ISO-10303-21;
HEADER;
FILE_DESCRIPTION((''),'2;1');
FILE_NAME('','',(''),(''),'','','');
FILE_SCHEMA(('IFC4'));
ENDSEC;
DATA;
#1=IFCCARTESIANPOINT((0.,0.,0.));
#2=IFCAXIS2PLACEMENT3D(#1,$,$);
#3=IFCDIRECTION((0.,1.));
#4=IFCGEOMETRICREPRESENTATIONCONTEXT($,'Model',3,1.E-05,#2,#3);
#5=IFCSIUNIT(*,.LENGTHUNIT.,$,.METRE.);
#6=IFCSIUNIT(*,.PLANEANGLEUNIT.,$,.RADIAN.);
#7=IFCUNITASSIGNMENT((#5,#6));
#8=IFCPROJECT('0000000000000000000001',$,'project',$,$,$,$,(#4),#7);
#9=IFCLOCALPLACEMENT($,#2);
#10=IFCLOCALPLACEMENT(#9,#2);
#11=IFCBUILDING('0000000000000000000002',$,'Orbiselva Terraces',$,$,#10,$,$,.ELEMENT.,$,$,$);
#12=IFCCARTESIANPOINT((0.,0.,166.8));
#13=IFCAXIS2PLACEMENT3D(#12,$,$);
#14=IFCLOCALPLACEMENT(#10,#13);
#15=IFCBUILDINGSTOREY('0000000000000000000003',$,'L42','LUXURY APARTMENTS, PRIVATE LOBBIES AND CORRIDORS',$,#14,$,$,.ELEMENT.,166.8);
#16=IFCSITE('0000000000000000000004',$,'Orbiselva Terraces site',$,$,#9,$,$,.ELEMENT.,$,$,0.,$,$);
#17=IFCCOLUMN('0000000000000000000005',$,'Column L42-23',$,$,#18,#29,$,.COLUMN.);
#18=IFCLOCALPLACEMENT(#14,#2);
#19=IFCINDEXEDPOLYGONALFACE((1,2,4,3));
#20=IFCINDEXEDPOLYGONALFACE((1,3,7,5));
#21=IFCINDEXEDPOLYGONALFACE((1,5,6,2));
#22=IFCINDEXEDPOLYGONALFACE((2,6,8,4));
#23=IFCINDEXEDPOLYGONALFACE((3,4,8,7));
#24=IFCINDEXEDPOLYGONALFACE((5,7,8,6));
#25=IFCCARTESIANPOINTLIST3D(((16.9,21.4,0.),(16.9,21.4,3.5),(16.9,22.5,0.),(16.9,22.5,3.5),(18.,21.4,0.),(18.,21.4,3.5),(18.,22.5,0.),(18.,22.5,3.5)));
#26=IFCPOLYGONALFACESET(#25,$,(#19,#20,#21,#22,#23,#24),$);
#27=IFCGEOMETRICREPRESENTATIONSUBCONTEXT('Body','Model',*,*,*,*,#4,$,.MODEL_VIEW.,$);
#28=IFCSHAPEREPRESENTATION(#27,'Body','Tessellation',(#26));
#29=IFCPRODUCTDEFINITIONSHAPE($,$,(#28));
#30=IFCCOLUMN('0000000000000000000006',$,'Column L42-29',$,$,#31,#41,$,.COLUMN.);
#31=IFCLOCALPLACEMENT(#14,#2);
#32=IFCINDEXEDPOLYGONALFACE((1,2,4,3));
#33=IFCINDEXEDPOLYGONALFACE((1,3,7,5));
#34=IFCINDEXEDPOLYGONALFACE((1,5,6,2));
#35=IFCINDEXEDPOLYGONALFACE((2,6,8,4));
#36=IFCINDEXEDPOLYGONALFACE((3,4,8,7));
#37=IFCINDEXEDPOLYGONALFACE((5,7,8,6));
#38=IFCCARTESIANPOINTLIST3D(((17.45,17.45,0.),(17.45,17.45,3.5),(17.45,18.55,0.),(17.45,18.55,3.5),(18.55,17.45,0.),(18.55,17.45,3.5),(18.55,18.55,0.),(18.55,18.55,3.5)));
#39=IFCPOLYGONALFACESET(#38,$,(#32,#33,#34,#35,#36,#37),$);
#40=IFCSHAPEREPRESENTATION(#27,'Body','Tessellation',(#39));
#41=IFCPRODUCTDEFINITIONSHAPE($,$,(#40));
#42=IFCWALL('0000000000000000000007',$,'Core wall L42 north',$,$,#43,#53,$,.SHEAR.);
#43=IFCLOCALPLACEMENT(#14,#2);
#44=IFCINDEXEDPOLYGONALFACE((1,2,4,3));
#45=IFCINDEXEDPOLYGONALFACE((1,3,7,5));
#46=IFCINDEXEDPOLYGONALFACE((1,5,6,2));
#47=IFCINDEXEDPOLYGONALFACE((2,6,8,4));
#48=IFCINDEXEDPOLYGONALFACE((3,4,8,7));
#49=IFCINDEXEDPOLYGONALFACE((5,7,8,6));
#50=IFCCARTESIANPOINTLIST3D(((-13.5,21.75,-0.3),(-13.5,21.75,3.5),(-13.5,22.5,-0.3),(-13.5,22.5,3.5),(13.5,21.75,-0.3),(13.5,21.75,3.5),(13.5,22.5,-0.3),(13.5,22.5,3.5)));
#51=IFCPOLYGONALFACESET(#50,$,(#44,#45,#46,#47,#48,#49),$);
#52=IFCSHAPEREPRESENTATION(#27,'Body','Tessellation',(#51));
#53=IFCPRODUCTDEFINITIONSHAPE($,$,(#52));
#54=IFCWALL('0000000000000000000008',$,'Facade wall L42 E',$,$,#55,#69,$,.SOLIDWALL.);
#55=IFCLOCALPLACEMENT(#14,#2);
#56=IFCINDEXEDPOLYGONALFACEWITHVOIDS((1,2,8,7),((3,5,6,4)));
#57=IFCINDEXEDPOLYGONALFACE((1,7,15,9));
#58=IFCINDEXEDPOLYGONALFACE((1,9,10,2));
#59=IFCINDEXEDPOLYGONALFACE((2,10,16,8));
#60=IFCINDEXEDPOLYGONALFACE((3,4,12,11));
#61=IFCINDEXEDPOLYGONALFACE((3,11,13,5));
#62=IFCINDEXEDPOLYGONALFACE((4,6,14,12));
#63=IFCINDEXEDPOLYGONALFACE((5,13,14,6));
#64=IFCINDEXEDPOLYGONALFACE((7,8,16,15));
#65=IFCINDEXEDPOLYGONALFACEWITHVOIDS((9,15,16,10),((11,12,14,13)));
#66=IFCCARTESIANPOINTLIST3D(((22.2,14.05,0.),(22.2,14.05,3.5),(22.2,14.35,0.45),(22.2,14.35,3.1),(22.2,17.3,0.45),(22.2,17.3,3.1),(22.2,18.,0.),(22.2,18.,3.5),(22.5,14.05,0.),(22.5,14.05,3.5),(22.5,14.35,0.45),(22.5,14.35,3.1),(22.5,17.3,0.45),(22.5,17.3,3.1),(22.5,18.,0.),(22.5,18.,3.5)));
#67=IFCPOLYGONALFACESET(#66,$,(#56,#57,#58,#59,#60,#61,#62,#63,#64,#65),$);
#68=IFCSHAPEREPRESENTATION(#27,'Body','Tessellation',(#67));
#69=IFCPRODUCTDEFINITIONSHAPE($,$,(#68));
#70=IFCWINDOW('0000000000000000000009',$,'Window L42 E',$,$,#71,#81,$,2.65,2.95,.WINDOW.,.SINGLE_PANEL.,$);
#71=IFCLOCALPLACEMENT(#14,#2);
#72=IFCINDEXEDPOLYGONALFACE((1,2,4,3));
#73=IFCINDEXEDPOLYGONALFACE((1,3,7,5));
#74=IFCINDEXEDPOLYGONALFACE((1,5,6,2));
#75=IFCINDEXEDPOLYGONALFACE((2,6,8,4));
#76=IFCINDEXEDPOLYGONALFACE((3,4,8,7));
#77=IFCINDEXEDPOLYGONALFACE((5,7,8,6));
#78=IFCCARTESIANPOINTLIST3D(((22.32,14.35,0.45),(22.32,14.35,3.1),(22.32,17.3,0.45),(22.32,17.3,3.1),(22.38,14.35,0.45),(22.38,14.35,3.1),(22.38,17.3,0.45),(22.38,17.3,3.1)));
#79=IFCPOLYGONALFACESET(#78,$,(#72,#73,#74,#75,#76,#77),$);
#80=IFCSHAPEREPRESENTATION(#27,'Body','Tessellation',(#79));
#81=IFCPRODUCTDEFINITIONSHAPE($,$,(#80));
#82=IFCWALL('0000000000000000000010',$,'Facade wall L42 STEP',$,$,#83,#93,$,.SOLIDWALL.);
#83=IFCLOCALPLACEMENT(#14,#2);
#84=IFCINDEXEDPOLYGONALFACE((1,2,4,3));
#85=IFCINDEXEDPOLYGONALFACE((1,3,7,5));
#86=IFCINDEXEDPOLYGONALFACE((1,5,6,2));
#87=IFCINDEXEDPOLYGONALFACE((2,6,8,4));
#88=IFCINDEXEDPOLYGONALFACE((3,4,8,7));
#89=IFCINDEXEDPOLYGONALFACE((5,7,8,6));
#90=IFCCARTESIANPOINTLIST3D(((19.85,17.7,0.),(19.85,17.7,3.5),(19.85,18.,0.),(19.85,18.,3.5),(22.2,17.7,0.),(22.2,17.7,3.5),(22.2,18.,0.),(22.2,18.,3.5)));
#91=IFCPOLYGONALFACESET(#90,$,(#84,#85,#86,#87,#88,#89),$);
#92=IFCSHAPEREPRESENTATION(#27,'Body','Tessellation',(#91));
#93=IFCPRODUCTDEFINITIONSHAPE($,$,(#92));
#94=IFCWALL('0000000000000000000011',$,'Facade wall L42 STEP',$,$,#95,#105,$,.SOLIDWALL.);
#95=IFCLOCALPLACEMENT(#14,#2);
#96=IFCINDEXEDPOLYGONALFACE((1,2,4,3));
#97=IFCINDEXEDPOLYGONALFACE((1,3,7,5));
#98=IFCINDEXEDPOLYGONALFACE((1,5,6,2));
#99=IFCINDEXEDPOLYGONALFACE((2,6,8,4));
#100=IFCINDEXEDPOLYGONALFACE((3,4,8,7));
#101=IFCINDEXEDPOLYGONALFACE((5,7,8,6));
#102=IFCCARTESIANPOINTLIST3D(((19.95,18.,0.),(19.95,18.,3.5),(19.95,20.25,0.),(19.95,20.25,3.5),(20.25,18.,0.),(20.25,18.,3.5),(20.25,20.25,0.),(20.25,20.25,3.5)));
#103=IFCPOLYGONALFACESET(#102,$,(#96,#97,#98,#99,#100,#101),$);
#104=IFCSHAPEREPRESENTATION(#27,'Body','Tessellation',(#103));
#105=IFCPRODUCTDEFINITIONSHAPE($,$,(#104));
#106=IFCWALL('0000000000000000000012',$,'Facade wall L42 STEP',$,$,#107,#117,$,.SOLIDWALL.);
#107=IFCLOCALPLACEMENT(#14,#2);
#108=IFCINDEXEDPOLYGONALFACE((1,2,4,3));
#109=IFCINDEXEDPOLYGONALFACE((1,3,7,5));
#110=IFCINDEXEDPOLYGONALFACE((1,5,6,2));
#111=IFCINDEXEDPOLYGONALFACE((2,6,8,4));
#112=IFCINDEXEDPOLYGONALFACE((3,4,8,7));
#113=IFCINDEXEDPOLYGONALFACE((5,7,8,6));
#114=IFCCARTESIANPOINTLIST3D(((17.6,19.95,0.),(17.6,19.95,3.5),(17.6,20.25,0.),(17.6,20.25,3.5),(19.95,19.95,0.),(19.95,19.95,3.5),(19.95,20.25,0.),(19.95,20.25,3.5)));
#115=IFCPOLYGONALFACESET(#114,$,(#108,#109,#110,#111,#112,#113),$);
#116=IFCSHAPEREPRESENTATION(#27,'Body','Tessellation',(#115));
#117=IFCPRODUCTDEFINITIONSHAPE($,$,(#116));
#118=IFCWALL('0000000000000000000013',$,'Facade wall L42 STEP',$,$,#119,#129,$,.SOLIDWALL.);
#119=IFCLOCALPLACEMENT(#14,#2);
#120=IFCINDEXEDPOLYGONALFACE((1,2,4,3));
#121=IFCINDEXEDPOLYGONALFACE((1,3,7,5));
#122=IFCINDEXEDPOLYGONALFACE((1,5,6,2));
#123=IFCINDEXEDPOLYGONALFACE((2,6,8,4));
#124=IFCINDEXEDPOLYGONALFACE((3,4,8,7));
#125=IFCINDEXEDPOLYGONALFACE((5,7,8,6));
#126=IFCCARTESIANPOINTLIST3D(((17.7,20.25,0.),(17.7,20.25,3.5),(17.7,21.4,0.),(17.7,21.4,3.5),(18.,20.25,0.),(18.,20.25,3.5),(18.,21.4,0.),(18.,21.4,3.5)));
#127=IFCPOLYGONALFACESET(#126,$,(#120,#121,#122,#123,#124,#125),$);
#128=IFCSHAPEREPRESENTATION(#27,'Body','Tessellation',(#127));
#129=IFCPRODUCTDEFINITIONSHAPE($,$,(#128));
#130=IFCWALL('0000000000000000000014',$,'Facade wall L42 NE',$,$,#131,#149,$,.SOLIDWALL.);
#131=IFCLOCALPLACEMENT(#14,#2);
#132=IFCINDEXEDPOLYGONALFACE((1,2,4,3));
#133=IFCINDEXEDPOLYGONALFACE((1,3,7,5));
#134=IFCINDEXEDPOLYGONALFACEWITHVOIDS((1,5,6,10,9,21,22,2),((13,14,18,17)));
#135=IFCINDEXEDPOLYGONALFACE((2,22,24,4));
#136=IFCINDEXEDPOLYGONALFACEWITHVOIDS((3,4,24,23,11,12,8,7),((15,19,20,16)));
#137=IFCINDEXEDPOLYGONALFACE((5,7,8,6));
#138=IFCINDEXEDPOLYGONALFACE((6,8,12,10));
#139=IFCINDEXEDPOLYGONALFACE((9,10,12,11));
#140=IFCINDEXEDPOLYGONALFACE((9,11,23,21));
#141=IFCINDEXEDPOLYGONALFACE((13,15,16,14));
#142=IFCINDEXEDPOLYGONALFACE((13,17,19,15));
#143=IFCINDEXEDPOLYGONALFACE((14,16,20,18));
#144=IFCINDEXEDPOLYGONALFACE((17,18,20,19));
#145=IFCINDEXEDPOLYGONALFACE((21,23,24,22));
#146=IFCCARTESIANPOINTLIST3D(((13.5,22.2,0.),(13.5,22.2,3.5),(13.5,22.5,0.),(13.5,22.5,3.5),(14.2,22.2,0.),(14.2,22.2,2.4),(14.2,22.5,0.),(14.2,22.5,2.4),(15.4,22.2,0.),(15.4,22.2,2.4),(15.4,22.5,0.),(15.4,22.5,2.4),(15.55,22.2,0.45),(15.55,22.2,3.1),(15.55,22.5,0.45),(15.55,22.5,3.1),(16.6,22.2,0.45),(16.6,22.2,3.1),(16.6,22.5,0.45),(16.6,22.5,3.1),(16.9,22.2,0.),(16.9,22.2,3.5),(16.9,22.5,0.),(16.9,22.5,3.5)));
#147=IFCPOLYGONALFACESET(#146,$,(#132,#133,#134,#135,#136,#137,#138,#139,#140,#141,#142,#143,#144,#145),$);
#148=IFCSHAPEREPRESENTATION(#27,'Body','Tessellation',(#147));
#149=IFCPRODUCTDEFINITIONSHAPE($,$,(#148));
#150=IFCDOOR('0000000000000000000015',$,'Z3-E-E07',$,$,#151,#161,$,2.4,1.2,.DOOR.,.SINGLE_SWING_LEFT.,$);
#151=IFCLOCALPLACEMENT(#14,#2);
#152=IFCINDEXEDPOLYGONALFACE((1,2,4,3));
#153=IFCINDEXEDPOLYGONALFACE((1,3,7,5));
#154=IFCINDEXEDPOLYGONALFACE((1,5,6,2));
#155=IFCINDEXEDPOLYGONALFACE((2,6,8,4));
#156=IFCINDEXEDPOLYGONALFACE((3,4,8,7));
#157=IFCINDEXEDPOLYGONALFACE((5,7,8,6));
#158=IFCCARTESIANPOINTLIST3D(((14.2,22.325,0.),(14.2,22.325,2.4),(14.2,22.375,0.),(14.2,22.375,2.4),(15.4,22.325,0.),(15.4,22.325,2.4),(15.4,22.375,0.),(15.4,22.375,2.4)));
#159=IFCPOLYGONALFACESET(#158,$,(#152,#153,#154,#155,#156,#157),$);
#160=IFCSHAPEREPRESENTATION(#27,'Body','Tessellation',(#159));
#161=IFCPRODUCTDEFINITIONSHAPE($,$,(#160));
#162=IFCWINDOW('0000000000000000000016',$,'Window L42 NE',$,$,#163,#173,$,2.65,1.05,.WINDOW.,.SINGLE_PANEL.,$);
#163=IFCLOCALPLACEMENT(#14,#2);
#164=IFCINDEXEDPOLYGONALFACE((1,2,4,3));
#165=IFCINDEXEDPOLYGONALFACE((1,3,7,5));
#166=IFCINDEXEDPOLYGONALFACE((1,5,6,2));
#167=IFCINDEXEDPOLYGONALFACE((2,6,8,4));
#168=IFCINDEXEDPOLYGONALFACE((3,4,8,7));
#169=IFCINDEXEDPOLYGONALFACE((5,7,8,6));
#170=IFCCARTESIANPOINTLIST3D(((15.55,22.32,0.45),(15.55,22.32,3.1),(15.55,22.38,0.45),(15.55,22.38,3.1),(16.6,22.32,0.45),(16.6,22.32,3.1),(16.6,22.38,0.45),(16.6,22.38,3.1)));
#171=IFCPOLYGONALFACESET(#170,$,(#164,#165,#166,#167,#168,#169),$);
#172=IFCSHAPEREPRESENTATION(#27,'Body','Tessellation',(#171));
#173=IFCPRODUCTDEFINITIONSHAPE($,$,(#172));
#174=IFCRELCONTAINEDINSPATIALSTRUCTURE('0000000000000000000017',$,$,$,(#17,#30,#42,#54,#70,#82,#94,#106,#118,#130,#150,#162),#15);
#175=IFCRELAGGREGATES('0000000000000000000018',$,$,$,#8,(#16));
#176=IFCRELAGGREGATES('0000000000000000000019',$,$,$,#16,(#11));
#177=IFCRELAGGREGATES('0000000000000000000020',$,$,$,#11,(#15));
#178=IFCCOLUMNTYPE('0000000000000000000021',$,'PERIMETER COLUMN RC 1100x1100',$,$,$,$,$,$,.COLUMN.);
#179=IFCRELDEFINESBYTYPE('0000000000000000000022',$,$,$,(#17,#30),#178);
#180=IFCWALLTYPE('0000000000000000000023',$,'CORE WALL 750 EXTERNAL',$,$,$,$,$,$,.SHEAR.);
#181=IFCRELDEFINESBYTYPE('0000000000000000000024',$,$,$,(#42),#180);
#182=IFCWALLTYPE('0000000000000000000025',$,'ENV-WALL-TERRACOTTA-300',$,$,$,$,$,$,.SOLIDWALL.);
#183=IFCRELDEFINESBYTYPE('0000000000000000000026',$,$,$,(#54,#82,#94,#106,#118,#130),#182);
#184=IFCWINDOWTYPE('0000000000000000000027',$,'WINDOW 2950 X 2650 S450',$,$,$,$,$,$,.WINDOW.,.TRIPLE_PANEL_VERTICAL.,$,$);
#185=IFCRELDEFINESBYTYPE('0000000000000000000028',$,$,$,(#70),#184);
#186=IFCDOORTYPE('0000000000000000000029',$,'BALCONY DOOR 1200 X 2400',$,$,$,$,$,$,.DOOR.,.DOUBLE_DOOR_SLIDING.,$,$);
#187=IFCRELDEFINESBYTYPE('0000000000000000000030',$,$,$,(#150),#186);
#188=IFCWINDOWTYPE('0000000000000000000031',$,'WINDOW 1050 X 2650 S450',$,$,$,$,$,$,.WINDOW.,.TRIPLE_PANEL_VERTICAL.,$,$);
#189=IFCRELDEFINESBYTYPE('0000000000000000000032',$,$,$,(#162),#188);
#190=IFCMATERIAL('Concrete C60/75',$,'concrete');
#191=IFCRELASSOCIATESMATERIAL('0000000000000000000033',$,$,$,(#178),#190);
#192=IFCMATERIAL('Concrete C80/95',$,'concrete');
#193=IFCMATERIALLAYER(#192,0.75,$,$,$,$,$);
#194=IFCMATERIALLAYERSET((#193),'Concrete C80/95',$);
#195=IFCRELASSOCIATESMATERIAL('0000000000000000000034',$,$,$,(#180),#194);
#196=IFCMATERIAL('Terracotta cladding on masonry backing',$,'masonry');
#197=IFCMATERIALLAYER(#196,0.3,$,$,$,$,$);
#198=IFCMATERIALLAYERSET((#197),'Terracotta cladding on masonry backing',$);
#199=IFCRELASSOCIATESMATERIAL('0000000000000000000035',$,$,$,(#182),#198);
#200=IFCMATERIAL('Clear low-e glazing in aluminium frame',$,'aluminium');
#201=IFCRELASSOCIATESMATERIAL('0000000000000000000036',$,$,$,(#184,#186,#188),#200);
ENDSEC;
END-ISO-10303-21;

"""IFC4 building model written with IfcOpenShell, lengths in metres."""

from ifc_helpers import new_model, si_unit, direction, frame, frame_2d, origin, origin_2d, place, context, subcontext, project, spatial, rectangle, extrude, material, layer, layer_set, material_profile, profile_set, type_object, element, fill, save


model = new_model("IFC4")

# Units and contexts
model_context = context("Model", 3, precision=1e-05, world=origin(), true_north=direction((0.0, 1.0)))
body_context = subcontext(model_context, "Body", "Model", "MODEL_VIEW")
ifc_project = project(units=[si_unit("LENGTHUNIT", "METRE"), si_unit("PLANEANGLEUNIT", "RADIAN")], contexts=[model_context])

# Site, building, storey
site_placement = place(None, origin())
site = spatial("IfcSite", under=ifc_project, at=site_placement, Name="Orbiselva Terraces site", CompositionType="ELEMENT", RefElevation=0.0)
building_placement = place(site_placement, origin())
building = spatial("IfcBuilding", under=site, at=building_placement, Name="Orbiselva Terraces", CompositionType="ELEMENT")
storey_placement = place(building_placement, frame((0.0, 0.0, 166.8)))
storey = spatial("IfcBuildingStorey", under=building, at=storey_placement, Name="L42", Description="LUXURY APARTMENTS, PRIVATE LOBBIES AND CORRIDORS", CompositionType="ELEMENT", Elevation=166.8)

# Columns
ifc_material_1 = material(Name="Concrete C60/75", Category="concrete")
ifc_material_profile = material_profile(ifc_material_1, rectangle(XDim=1.1, YDim=1.1, at=origin_2d()), Name="RC 1100x1100")
ifc_profile_set = profile_set([ifc_material_profile], Name="Concrete C60/75")
column_type = type_object("IfcColumnType", Name="PERIMETER COLUMN RC 1100x1100", PredefinedType="COLUMN", material=ifc_profile_set)
for number, where, z_axis, x_axis, name in (
    (1, (17.45, 21.95, 0.0), (0.0, 0.0, 1.0), (1.0, 0.0, 0.0), "Column L42-23"),
    (2, (18.0, 18.0, 0.0), (0.0, 0.0, 1.0), (1.0, 0.0, 0.0), "Column L42-29"),
):
    element("IfcColumn", number, at=place(storey_placement, frame(where, z_axis=z_axis, x_axis=x_axis)), inside=storey, type_object=column_type, Name=name, PredefinedType="COLUMN", context=body_context, shape_type="SweptSolid", body=[
        extrude(rectangle(XDim=1.1, YDim=1.1, at=origin_2d()), origin(), (0.0, 0.0, 1.0), 3.5),
    ])

# Wall
ifc_material_2 = material(Name="Concrete C80/95", Category="concrete")
ifc_layer_1 = layer(ifc_material_2, 0.75)
ifc_layer_set_1 = layer_set([ifc_layer_1], Name="Concrete C80/95")
wall_type_1 = type_object("IfcWallType", Name="CORE WALL 750 EXTERNAL", PredefinedType="SHEAR", material=ifc_layer_set_1)
wall_1_placement = place(storey_placement, frame((13.5, 22.125, -0.3), z_axis=(0.0, 0.0, 1.0), x_axis=(-1.0, 0.0, 0.0)))
element("IfcWall", 3, at=wall_1_placement, inside=storey, type_object=wall_type_1, Name="Core wall L42 north", PredefinedType="SHEAR", context=body_context, shape_type="SweptSolid", body=[
    extrude(rectangle(XDim=27.0, YDim=0.75, at=frame_2d((13.5, 0.0))), origin(), (0.0, 0.0, 1.0), 3.8),
])

# Wall, opening, window
ifc_material_3 = material(Name="Terracotta cladding on masonry backing", Category="masonry")
ifc_layer_2 = layer(ifc_material_3, 0.3)
ifc_layer_set_2 = layer_set([ifc_layer_2], Name="Terracotta cladding on masonry backing")
wall_type_2 = type_object("IfcWallType", Name="ENV-WALL-TERRACOTTA-300", PredefinedType="SOLIDWALL", material=ifc_layer_set_2)
wall_2_placement = place(storey_placement, frame((22.35, 18.0, 0.0), z_axis=(0.0, 0.0, 1.0), x_axis=(0.0, -1.0, 0.0)))
wall_2 = element("IfcWall", 4, at=wall_2_placement, inside=storey, type_object=wall_type_2, Name="Facade wall L42 E", PredefinedType="SOLIDWALL", context=body_context, shape_type="SweptSolid", body=[
    extrude(rectangle(XDim=3.95, YDim=0.3, at=frame_2d((1.975, 0.0))), origin(), (0.0, 0.0, 1.0), 3.5),
])
opening_1_placement = place(wall_2_placement, frame((0.7, 0.0, 0.45)))
opening_1 = element("IfcOpeningElement", 5, at=opening_1_placement, cuts=wall_2, PredefinedType="OPENING", context=body_context, shape_type="SweptSolid", body=[
    extrude(rectangle(XDim=2.95, YDim=2.65, at=frame_2d((1.475, 1.325))), frame((0.0, 0.16, 0.0), z_axis=(0.0, -1.0, 0.0), x_axis=(1.0, 0.0, 0.0)), (0.0, 0.0, 1.0), 0.32),
])
ifc_material_4 = material(Name="Clear low-e glazing in aluminium frame", Category="aluminium")
window_type_1 = type_object("IfcWindowType", Name="WINDOW 2950 X 2650 S450", PartitioningType="TRIPLE_PANEL_VERTICAL", PredefinedType="WINDOW", material=ifc_material_4)
window_1_placement = place(opening_1_placement, origin())
window_1 = element("IfcWindow", 6, at=window_1_placement, inside=storey, type_object=window_type_1, Name="Window L42 E", OverallHeight=2.65, OverallWidth=2.95, PartitioningType="SINGLE_PANEL", PredefinedType="WINDOW", context=body_context, shape_type="SweptSolid", body=[
    extrude(rectangle(XDim=2.95, YDim=2.65, at=frame_2d((1.475, 1.325))), frame((0.0, 0.03, 0.0), z_axis=(0.0, -1.0, 0.0), x_axis=(1.0, 0.0, 0.0)), (0.0, 0.0, 1.0), 0.06),
])
fill(opening_1, window_1)

# Walls
wall_3_placement = place(storey_placement, frame((19.85, 17.85, 0.0), z_axis=(0.0, 0.0, 1.0), x_axis=(1.0, 0.0, 0.0)))
element("IfcWall", 7, at=wall_3_placement, inside=storey, type_object=wall_type_2, Name="Facade wall L42 STEP", PredefinedType="SOLIDWALL", context=body_context, shape_type="SweptSolid", body=[
    extrude(rectangle(XDim=2.35, YDim=0.3, at=frame_2d((1.175, 0.0))), origin(), (0.0, 0.0, 1.0), 3.5),
])
wall_4_placement = place(storey_placement, frame((20.1, 20.25, 0.0), z_axis=(0.0, 0.0, 1.0), x_axis=(0.0, -1.0, 0.0)))
element("IfcWall", 8, at=wall_4_placement, inside=storey, type_object=wall_type_2, Name="Facade wall L42 STEP", PredefinedType="SOLIDWALL", context=body_context, shape_type="SweptSolid", body=[
    extrude(rectangle(XDim=2.25, YDim=0.3, at=frame_2d((1.125, 0.0))), origin(), (0.0, 0.0, 1.0), 3.5),
])
wall_5_placement = place(storey_placement, frame((17.6, 20.1, 0.0), z_axis=(0.0, 0.0, 1.0), x_axis=(1.0, 0.0, 0.0)))
element("IfcWall", 9, at=wall_5_placement, inside=storey, type_object=wall_type_2, Name="Facade wall L42 STEP", PredefinedType="SOLIDWALL", context=body_context, shape_type="SweptSolid", body=[
    extrude(rectangle(XDim=2.35, YDim=0.3, at=frame_2d((1.175, 0.0))), origin(), (0.0, 0.0, 1.0), 3.5),
])
wall_6_placement = place(storey_placement, frame((17.85, 21.4, 0.0), z_axis=(0.0, 0.0, 1.0), x_axis=(0.0, -1.0, 0.0)))
element("IfcWall", 10, at=wall_6_placement, inside=storey, type_object=wall_type_2, Name="Facade wall L42 STEP", PredefinedType="SOLIDWALL", context=body_context, shape_type="SweptSolid", body=[
    extrude(rectangle(XDim=1.15, YDim=0.3, at=frame_2d((0.575, 0.0))), origin(), (0.0, 0.0, 1.0), 3.5),
])

# Wall, openings, door, window
wall_7_placement = place(storey_placement, frame((13.5, 22.35, 0.0), z_axis=(0.0, 0.0, 1.0), x_axis=(1.0, 0.0, 0.0)))
wall_7 = element("IfcWall", 11, at=wall_7_placement, inside=storey, type_object=wall_type_2, Name="Facade wall L42 NE", PredefinedType="SOLIDWALL", context=body_context, shape_type="SweptSolid", body=[
    extrude(rectangle(XDim=3.4, YDim=0.3, at=frame_2d((1.7, 0.0))), origin(), (0.0, 0.0, 1.0), 3.5),
])
opening_2_placement = place(wall_7_placement, frame((2.05, 0.0, 0.45)))
opening_2 = element("IfcOpeningElement", 12, at=opening_2_placement, cuts=wall_7, PredefinedType="OPENING", context=body_context, shape_type="SweptSolid", body=[
    extrude(rectangle(XDim=1.05, YDim=2.65, at=frame_2d((0.525, 1.325))), frame((0.0, 0.16, 0.0), z_axis=(0.0, -1.0, 0.0), x_axis=(1.0, 0.0, 0.0)), (0.0, 0.0, 1.0), 0.32),
])
opening_3_placement = place(wall_7_placement, frame((0.7, 0.0, 0.0)))
opening_3 = element("IfcOpeningElement", 13, at=opening_3_placement, cuts=wall_7, PredefinedType="OPENING", context=body_context, shape_type="SweptSolid", body=[
    extrude(rectangle(XDim=1.2, YDim=2.4, at=frame_2d((0.6, 1.2))), frame((0.0, 0.16, 0.0), z_axis=(0.0, -1.0, 0.0), x_axis=(1.0, 0.0, 0.0)), (0.0, 0.0, 1.0), 0.32),
])
door_type_1 = type_object("IfcDoorType", Name="BALCONY DOOR 1200 X 2400", OperationType="DOUBLE_DOOR_SLIDING", PredefinedType="DOOR", material=ifc_material_4)
door_1_placement = place(opening_3_placement, origin())
door_1 = element("IfcDoor", 14, at=door_1_placement, inside=storey, type_object=door_type_1, Name="Z3-E-E07", OperationType="SINGLE_SWING_LEFT", OverallHeight=2.4, OverallWidth=1.2, PredefinedType="DOOR", context=body_context, shape_type="SweptSolid", body=[
    extrude(rectangle(XDim=1.2, YDim=2.4, at=frame_2d((0.6, 1.2))), frame((0.0, 0.025, 0.0), z_axis=(0.0, -1.0, 0.0), x_axis=(1.0, 0.0, 0.0)), (0.0, 0.0, 1.0), 0.05),
])
fill(opening_3, door_1)
window_type_2 = type_object("IfcWindowType", Name="WINDOW 1050 X 2650 S450", PartitioningType="TRIPLE_PANEL_VERTICAL", PredefinedType="WINDOW", material=ifc_material_4)
window_2_placement = place(opening_2_placement, origin())
window_2 = element("IfcWindow", 15, at=window_2_placement, inside=storey, type_object=window_type_2, Name="Window L42 NE", OverallHeight=2.65, OverallWidth=1.05, PartitioningType="SINGLE_PANEL", PredefinedType="WINDOW", context=body_context, shape_type="SweptSolid", body=[
    extrude(rectangle(XDim=1.05, YDim=2.65, at=frame_2d((0.525, 1.325))), frame((0.0, 0.03, 0.0), z_axis=(0.0, -1.0, 0.0), x_axis=(1.0, 0.0, 0.0)), (0.0, 0.0, 1.0), 0.06),
])
fill(opening_2, window_2)

save(model, "model.ifc")
